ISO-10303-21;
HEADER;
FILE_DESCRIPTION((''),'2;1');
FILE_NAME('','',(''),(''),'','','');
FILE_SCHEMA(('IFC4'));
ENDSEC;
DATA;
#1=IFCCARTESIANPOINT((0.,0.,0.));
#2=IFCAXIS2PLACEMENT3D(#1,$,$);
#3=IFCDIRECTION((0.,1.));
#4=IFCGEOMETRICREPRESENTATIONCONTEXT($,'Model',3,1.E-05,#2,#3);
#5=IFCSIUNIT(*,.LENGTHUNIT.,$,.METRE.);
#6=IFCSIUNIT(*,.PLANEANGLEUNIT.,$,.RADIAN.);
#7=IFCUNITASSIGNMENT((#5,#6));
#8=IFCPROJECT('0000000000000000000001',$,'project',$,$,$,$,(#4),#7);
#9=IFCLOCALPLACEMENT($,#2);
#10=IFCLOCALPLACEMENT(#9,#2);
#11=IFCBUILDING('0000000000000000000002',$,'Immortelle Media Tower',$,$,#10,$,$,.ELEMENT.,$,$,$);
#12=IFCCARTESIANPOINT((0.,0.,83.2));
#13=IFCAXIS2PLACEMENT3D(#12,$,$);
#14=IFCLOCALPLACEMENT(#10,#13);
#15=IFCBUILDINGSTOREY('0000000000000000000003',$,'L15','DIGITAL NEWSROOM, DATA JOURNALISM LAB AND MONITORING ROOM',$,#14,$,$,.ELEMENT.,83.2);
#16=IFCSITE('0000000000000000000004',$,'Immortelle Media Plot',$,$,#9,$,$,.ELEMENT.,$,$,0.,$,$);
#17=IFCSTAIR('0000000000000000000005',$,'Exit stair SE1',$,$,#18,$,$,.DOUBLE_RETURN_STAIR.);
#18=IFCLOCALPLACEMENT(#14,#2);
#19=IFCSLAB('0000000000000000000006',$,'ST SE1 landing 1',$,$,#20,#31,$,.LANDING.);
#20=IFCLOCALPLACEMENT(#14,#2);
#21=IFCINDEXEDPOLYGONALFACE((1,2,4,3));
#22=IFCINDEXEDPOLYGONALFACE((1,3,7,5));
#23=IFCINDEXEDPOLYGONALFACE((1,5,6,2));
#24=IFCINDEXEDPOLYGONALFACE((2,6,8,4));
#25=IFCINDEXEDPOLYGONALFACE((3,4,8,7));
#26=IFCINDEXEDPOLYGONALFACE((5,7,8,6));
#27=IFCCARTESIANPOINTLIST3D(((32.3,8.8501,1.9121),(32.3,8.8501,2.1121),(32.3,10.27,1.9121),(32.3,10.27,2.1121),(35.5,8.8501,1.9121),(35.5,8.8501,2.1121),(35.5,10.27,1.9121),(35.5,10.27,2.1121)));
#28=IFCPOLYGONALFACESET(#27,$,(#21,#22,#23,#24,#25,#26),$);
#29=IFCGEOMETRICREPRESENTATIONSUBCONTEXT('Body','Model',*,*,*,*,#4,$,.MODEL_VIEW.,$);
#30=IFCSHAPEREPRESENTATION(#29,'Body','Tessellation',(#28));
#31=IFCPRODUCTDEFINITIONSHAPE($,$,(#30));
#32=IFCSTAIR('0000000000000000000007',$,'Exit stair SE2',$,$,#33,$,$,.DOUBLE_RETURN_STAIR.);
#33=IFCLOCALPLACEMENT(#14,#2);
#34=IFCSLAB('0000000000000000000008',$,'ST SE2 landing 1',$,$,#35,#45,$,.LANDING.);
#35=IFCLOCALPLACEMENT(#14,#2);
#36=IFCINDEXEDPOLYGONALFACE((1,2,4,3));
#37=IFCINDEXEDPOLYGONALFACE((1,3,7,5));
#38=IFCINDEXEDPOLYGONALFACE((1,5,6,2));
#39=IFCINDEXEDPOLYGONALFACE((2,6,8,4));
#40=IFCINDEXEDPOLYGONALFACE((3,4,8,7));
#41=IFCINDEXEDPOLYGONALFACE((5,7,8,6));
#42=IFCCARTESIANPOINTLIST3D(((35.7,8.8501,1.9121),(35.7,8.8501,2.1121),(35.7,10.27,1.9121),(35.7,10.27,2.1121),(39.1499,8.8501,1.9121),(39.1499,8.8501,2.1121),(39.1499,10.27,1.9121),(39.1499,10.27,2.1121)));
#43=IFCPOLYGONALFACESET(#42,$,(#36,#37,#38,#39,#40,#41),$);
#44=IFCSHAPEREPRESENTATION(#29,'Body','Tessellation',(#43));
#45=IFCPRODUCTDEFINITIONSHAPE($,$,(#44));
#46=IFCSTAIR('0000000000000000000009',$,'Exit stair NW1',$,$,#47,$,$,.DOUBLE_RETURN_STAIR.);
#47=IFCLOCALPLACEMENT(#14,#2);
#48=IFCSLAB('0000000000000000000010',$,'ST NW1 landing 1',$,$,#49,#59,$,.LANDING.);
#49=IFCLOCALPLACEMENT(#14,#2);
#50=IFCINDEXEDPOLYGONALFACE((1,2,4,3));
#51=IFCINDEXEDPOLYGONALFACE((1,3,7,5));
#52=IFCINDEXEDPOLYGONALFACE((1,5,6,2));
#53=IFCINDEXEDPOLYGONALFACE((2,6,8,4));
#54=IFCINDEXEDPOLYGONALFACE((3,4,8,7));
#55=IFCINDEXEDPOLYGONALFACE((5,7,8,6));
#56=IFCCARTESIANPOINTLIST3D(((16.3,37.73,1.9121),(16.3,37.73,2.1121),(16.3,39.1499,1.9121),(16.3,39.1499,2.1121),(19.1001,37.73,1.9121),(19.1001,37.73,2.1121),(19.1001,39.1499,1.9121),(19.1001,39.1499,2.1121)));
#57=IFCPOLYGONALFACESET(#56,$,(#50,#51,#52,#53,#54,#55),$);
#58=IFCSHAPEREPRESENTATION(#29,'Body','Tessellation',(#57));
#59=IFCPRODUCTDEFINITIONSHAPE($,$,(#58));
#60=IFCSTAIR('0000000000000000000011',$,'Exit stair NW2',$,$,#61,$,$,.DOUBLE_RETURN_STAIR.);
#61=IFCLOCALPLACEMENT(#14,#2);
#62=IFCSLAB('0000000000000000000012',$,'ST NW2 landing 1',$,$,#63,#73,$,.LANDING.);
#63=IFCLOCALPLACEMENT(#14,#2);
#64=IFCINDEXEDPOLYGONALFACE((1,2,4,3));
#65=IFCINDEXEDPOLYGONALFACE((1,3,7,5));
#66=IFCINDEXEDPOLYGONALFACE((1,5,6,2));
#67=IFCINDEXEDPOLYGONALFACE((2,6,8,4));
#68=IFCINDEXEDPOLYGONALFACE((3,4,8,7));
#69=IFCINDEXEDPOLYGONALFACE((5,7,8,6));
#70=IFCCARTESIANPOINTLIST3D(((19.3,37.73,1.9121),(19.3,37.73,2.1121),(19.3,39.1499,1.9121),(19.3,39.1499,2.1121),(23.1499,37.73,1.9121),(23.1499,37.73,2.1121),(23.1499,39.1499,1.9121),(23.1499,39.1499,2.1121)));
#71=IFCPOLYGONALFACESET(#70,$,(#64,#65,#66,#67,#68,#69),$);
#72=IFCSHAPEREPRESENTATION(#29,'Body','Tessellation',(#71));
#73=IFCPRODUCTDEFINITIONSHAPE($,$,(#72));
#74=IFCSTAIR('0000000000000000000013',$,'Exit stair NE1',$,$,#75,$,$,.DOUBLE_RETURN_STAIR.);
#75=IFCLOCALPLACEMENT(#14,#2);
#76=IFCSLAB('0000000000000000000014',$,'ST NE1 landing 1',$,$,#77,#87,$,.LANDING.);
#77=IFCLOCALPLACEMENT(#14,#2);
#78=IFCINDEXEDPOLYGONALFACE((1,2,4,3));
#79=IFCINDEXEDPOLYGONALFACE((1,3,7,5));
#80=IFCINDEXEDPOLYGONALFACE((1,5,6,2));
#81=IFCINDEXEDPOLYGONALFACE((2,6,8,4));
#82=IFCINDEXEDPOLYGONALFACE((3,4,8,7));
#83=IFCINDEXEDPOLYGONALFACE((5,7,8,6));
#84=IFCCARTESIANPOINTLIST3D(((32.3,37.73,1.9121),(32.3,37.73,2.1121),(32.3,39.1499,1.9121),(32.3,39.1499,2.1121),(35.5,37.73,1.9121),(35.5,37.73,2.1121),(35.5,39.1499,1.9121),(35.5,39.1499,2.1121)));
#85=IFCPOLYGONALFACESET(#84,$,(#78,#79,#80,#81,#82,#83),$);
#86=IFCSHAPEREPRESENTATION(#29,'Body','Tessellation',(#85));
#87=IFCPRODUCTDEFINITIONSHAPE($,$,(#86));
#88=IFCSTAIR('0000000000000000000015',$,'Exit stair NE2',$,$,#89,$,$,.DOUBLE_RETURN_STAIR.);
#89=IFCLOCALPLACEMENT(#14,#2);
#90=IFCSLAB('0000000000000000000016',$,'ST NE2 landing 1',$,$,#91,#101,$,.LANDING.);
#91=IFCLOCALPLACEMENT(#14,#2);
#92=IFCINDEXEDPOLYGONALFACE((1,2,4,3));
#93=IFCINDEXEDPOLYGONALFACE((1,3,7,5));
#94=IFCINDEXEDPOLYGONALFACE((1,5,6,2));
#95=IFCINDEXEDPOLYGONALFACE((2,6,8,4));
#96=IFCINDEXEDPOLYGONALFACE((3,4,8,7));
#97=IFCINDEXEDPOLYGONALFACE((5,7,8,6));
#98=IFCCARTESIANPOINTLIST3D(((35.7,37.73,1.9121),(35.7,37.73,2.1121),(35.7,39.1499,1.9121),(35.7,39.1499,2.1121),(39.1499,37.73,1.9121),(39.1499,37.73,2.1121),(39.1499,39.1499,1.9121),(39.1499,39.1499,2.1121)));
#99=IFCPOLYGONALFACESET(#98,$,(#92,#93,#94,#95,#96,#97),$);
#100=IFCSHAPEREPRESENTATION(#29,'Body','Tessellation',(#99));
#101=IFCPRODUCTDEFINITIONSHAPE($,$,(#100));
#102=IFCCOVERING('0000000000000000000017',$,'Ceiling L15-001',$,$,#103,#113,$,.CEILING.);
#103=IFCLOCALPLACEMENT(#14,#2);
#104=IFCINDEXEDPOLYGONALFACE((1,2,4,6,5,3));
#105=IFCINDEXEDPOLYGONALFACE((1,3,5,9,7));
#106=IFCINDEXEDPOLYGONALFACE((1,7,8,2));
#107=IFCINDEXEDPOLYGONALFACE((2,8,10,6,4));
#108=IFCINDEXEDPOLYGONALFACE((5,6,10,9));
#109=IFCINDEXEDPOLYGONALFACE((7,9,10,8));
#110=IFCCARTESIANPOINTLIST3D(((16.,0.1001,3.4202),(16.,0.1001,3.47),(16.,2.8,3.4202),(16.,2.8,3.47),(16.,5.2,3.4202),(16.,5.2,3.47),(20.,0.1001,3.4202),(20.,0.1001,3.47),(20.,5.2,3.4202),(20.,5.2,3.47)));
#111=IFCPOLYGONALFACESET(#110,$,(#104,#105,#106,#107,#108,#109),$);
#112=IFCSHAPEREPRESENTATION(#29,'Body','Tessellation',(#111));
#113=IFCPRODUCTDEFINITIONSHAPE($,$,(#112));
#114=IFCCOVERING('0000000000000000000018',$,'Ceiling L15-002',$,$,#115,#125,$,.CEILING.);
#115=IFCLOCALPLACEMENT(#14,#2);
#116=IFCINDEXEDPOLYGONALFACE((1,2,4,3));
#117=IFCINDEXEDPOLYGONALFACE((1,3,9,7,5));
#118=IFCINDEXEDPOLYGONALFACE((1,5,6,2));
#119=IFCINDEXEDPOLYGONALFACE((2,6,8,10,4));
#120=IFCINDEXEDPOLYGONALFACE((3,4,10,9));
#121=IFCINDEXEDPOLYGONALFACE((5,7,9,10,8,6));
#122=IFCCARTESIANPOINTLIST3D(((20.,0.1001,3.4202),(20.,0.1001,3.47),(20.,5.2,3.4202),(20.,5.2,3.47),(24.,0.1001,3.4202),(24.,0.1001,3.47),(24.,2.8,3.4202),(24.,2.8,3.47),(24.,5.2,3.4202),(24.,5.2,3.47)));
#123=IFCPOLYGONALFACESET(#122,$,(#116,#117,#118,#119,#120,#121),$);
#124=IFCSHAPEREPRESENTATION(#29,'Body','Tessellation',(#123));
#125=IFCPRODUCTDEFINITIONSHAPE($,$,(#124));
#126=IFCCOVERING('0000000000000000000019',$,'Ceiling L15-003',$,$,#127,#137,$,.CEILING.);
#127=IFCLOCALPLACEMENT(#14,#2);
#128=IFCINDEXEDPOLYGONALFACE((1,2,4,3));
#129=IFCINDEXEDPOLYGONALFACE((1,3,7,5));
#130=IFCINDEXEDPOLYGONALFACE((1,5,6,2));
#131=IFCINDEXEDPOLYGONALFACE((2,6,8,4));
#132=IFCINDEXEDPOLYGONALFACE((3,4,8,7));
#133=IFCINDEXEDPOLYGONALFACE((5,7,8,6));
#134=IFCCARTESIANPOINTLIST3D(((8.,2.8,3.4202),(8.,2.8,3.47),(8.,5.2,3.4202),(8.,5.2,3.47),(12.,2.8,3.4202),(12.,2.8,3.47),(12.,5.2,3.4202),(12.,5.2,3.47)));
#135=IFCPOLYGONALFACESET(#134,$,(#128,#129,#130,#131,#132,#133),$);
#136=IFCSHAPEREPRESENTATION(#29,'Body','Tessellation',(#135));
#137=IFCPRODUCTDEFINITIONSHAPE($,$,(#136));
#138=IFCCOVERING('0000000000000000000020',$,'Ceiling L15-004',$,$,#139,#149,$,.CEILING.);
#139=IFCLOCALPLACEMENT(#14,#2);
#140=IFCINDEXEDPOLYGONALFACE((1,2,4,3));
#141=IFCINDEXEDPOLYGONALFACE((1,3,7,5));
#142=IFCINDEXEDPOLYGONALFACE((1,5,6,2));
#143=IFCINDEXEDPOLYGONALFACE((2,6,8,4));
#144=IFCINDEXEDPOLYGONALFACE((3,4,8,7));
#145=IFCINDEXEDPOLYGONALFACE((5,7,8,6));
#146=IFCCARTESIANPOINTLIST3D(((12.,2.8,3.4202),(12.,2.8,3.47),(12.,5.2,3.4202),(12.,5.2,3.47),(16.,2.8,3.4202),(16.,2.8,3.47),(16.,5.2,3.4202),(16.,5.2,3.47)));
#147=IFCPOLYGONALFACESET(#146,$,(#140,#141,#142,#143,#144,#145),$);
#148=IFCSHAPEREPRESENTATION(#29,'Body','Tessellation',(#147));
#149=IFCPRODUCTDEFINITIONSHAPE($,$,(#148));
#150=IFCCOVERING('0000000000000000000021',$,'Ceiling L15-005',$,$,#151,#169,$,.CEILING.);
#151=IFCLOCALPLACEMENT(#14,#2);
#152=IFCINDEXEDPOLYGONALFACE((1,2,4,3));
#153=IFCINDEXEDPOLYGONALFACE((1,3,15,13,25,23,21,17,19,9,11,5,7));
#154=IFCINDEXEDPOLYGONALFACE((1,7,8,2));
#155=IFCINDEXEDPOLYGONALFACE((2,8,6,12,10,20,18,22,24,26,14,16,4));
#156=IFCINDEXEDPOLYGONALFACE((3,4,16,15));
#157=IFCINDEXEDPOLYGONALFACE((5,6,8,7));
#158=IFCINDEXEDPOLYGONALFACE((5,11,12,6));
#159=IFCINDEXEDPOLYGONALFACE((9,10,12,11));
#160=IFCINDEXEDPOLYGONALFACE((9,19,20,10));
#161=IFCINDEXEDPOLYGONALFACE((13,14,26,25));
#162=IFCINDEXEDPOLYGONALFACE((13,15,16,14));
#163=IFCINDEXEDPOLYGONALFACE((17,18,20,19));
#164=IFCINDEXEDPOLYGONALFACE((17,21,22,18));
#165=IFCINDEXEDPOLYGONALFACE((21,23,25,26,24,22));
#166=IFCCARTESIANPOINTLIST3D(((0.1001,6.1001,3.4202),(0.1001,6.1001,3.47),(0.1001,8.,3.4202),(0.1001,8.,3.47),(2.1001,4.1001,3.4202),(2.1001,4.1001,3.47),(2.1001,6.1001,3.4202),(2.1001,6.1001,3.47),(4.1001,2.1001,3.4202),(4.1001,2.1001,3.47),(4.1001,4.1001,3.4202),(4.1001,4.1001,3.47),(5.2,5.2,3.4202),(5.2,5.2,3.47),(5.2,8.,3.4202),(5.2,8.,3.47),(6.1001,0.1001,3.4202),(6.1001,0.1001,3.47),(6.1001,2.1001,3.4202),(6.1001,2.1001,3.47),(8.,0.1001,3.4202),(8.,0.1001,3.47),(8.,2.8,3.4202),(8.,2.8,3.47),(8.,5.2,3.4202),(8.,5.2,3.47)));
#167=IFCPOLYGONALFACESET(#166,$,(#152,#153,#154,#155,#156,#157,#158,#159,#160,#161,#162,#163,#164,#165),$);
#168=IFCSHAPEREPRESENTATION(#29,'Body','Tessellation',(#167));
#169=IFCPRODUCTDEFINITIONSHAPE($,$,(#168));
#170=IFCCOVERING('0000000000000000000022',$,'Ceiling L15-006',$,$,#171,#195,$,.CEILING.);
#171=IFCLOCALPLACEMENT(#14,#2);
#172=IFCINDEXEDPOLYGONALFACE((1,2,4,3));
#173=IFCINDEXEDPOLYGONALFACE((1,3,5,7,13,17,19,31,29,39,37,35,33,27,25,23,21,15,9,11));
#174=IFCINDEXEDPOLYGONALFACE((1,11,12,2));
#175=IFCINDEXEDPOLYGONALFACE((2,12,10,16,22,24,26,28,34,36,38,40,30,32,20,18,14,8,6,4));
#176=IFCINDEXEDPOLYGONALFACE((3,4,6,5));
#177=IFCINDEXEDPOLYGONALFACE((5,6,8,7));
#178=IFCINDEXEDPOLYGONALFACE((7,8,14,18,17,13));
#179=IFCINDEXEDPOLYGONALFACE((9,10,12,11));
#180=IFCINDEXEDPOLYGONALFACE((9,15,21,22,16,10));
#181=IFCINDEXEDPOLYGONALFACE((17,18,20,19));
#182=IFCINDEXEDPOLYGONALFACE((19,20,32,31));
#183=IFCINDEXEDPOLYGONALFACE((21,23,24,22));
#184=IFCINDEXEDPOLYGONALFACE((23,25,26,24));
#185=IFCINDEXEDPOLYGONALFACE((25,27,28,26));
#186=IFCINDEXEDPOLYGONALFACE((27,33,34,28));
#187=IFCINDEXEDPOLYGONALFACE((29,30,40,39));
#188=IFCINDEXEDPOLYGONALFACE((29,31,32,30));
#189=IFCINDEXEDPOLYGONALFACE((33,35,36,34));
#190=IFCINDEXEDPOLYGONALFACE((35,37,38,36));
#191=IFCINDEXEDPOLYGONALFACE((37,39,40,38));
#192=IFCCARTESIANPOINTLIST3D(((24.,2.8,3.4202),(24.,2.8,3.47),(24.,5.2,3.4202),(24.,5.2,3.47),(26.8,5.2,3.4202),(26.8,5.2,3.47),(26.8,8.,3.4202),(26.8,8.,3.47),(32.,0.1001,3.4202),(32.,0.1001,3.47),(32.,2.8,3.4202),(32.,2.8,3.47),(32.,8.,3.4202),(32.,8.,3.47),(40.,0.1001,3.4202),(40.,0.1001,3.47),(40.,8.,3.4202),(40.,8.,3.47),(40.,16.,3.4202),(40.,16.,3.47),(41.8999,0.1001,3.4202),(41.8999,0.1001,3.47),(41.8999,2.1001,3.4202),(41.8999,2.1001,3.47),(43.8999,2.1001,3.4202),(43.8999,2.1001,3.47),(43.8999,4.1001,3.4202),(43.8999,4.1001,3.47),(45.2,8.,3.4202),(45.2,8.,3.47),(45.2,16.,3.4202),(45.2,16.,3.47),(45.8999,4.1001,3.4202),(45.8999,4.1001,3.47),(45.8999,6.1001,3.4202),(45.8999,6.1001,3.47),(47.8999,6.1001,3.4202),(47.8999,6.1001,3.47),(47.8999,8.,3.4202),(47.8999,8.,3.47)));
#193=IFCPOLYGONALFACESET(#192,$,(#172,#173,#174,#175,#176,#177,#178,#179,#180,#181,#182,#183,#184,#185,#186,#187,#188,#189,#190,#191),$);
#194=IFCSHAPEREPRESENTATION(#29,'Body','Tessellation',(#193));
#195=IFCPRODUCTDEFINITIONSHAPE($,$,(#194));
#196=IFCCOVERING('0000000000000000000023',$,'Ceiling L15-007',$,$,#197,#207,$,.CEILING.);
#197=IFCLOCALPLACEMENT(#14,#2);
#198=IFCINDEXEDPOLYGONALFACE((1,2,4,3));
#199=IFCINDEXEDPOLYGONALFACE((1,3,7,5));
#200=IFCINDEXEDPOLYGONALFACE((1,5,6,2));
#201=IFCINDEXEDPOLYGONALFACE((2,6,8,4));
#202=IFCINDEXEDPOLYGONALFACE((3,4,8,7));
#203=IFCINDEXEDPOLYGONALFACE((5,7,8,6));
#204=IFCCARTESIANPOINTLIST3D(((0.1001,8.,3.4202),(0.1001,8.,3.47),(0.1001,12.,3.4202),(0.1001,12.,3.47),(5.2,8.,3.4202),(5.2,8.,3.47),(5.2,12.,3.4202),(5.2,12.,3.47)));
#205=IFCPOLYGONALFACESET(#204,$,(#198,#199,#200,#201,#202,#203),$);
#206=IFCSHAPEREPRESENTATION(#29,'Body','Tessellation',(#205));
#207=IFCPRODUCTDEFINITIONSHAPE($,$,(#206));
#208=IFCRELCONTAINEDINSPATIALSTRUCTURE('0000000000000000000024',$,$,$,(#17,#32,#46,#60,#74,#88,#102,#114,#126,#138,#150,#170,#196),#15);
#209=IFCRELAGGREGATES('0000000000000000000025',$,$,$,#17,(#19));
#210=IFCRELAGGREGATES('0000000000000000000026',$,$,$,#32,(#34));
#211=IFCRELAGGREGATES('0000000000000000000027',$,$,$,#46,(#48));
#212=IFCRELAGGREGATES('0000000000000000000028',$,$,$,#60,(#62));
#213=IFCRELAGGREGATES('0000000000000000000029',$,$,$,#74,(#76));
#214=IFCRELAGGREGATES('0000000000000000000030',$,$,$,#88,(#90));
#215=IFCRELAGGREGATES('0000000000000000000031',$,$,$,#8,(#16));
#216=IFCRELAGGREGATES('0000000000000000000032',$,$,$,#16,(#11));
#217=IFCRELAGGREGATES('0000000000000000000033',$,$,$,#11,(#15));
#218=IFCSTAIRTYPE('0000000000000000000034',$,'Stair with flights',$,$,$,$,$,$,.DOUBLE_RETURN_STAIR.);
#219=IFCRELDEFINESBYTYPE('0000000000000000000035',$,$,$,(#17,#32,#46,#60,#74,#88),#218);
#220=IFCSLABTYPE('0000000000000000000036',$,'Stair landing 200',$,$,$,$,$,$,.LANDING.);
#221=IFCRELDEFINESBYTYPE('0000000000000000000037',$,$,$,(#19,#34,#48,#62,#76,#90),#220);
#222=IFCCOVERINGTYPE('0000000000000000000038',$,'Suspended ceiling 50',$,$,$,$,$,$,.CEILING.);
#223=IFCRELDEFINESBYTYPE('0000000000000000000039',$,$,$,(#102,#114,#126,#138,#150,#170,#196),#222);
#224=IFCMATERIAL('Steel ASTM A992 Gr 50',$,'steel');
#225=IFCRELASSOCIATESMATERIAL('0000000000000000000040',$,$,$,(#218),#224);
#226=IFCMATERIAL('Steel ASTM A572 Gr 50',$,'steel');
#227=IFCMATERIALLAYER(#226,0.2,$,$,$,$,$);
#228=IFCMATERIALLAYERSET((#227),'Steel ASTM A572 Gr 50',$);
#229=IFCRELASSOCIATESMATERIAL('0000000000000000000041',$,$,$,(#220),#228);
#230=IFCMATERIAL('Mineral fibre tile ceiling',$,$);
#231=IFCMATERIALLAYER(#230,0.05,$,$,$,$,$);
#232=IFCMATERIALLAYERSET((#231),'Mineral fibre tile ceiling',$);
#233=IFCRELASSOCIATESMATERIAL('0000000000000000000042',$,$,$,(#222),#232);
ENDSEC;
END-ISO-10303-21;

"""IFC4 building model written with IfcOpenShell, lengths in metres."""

from ifc_helpers import new_model, si_unit, direction, frame, origin, place, context, subcontext, project, spatial, polyline, outline, extrude, material, layer, layer_set, type_object, element, aggregate, save


model = new_model("IFC4")

# Units and contexts
model_context = context("Model", 3, precision=1e-05, world=origin(), true_north=direction((0.0, 1.0)))
body_context = subcontext(model_context, "Body", "Model", "MODEL_VIEW")
ifc_project = project(units=[si_unit("LENGTHUNIT", "METRE"), si_unit("PLANEANGLEUNIT", "RADIAN")], contexts=[model_context])

# Site, building, storey
site_placement = place(None, origin())
site = spatial("IfcSite", under=ifc_project, at=site_placement, Name="Immortelle Media Plot", CompositionType="ELEMENT", RefElevation=0.0)
building_placement = place(site_placement, origin())
building = spatial("IfcBuilding", under=site, at=building_placement, Name="Immortelle Media Tower", CompositionType="ELEMENT")
storey_placement = place(building_placement, frame((0.0, 0.0, 83.2)))
storey = spatial("IfcBuildingStorey", under=building, at=storey_placement, Name="L15", Description="DIGITAL NEWSROOM, DATA JOURNALISM LAB AND MONITORING ROOM", CompositionType="ELEMENT", Elevation=83.2)

# Stairs, slabs
ifc_material_1 = material(Name="Steel ASTM A992 Gr 50", Category="steel")
stair_type = type_object("IfcStairType", Name="Stair with flights", PredefinedType="DOUBLE_RETURN_STAIR", material=ifc_material_1)
ifc_material_2 = material(Name="Steel ASTM A572 Gr 50", Category="steel")
ifc_layer_1 = layer(ifc_material_2, 0.2)
ifc_layer_set_1 = layer_set([ifc_layer_1], Name="Steel ASTM A572 Gr 50")
slab_type_1 = type_object("IfcSlabType", Name="Stair landing 200", PredefinedType="LANDING", material=ifc_layer_set_1)
stair_1_placement = place(storey_placement, origin())
stair_1 = element("IfcStair", 1, at=stair_1_placement, inside=storey, type_object=stair_type, Name="Exit stair SE1", PredefinedType="DOUBLE_RETURN_STAIR")
slab_1_placement = place(storey_placement, frame((0.0, 0.0, 1.9121)))
slab_1 = element("IfcSlab", 2, at=slab_1_placement, type_object=slab_type_1, Name="ST SE1 landing 1", PredefinedType="LANDING", context=body_context, shape_type="SweptSolid", body=[
    extrude(outline(polyline([(32.3, 8.8501), (35.5, 8.8501), (35.5, 10.27), (32.3, 10.27), (32.3, 8.8501)])), origin(), (0.0, 0.0, 1.0), 0.2),
])
aggregate(stair_1, [slab_1])
stair_2_placement = place(storey_placement, origin())
stair_2 = element("IfcStair", 3, at=stair_2_placement, inside=storey, type_object=stair_type, Name="Exit stair SE2", PredefinedType="DOUBLE_RETURN_STAIR")
slab_2_placement = place(storey_placement, frame((0.0, 0.0, 1.9121)))
slab_2 = element("IfcSlab", 4, at=slab_2_placement, type_object=slab_type_1, Name="ST SE2 landing 1", PredefinedType="LANDING", context=body_context, shape_type="SweptSolid", body=[
    extrude(outline(polyline([(35.7, 8.8501), (39.1499, 8.8501), (39.1499, 10.27), (35.7, 10.27), (35.7, 8.8501)])), origin(), (0.0, 0.0, 1.0), 0.2),
])
aggregate(stair_2, [slab_2])
stair_3_placement = place(storey_placement, origin())
stair_3 = element("IfcStair", 5, at=stair_3_placement, inside=storey, type_object=stair_type, Name="Exit stair NW1", PredefinedType="DOUBLE_RETURN_STAIR")
slab_3_placement = place(storey_placement, frame((0.0, 0.0, 1.9121)))
slab_3 = element("IfcSlab", 6, at=slab_3_placement, type_object=slab_type_1, Name="ST NW1 landing 1", PredefinedType="LANDING", context=body_context, shape_type="SweptSolid", body=[
    extrude(outline(polyline([(16.3, 37.73), (19.1001, 37.73), (19.1001, 39.1499), (16.3, 39.1499), (16.3, 37.73)])), origin(), (0.0, 0.0, 1.0), 0.2),
])
aggregate(stair_3, [slab_3])
stair_4_placement = place(storey_placement, origin())
stair_4 = element("IfcStair", 7, at=stair_4_placement, inside=storey, type_object=stair_type, Name="Exit stair NW2", PredefinedType="DOUBLE_RETURN_STAIR")
slab_4_placement = place(storey_placement, frame((0.0, 0.0, 1.9121)))
slab_4 = element("IfcSlab", 8, at=slab_4_placement, type_object=slab_type_1, Name="ST NW2 landing 1", PredefinedType="LANDING", context=body_context, shape_type="SweptSolid", body=[
    extrude(outline(polyline([(19.3, 37.73), (23.1499, 37.73), (23.1499, 39.1499), (19.3, 39.1499), (19.3, 37.73)])), origin(), (0.0, 0.0, 1.0), 0.2),
])
aggregate(stair_4, [slab_4])
stair_5_placement = place(storey_placement, origin())
stair_5 = element("IfcStair", 9, at=stair_5_placement, inside=storey, type_object=stair_type, Name="Exit stair NE1", PredefinedType="DOUBLE_RETURN_STAIR")
slab_5_placement = place(storey_placement, frame((0.0, 0.0, 1.9121)))
slab_5 = element("IfcSlab", 10, at=slab_5_placement, type_object=slab_type_1, Name="ST NE1 landing 1", PredefinedType="LANDING", context=body_context, shape_type="SweptSolid", body=[
    extrude(outline(polyline([(32.3, 37.73), (35.5, 37.73), (35.5, 39.1499), (32.3, 39.1499), (32.3, 37.73)])), origin(), (0.0, 0.0, 1.0), 0.2),
])
aggregate(stair_5, [slab_5])
stair_6_placement = place(storey_placement, origin())
stair_6 = element("IfcStair", 11, at=stair_6_placement, inside=storey, type_object=stair_type, Name="Exit stair NE2", PredefinedType="DOUBLE_RETURN_STAIR")
slab_6_placement = place(storey_placement, frame((0.0, 0.0, 1.9121)))
slab_6 = element("IfcSlab", 12, at=slab_6_placement, type_object=slab_type_1, Name="ST NE2 landing 1", PredefinedType="LANDING", context=body_context, shape_type="SweptSolid", body=[
    extrude(outline(polyline([(35.7, 37.73), (39.1499, 37.73), (39.1499, 39.1499), (35.7, 39.1499), (35.7, 37.73)])), origin(), (0.0, 0.0, 1.0), 0.2),
])
aggregate(stair_6, [slab_6])

# Coverings
ifc_material_3 = material(Name="Mineral fibre tile ceiling")
ifc_layer_2 = layer(ifc_material_3, 0.05)
ifc_layer_set_2 = layer_set([ifc_layer_2], Name="Mineral fibre tile ceiling")
covering_type = type_object("IfcCoveringType", Name="Suspended ceiling 50", PredefinedType="CEILING", material=ifc_layer_set_2)
covering_1_placement = place(storey_placement, frame((0.0, 0.0, 3.4202)))
element("IfcCovering", 13, at=covering_1_placement, inside=storey, type_object=covering_type, Name="Ceiling L15-001", PredefinedType="CEILING", context=body_context, shape_type="SweptSolid", body=[
    extrude(outline(polyline([(16.0, 2.8), (16.0, 5.2), (20.0, 5.2), (20.0, 0.1001), (16.0, 0.1001), (16.0, 2.8)])), origin(), (0.0, 0.0, 1.0), 0.0498),
])
covering_2_placement = place(storey_placement, frame((0.0, 0.0, 3.4202)))
element("IfcCovering", 14, at=covering_2_placement, inside=storey, type_object=covering_type, Name="Ceiling L15-002", PredefinedType="CEILING", context=body_context, shape_type="SweptSolid", body=[
    extrude(outline(polyline([(24.0, 5.2), (24.0, 2.8), (24.0, 0.1001), (20.0, 0.1001), (20.0, 5.2), (24.0, 5.2)])), origin(), (0.0, 0.0, 1.0), 0.0498),
])
covering_3_placement = place(storey_placement, frame((0.0, 0.0, 3.4202)))
element("IfcCovering", 15, at=covering_3_placement, inside=storey, type_object=covering_type, Name="Ceiling L15-003", PredefinedType="CEILING", context=body_context, shape_type="SweptSolid", body=[
    extrude(outline(polyline([(8.0, 5.2), (12.0, 5.2), (12.0, 2.8), (8.0, 2.8), (8.0, 5.2)])), origin(), (0.0, 0.0, 1.0), 0.0498),
])
covering_4_placement = place(storey_placement, frame((0.0, 0.0, 3.4202)))
element("IfcCovering", 16, at=covering_4_placement, inside=storey, type_object=covering_type, Name="Ceiling L15-004", PredefinedType="CEILING", context=body_context, shape_type="SweptSolid", body=[
    extrude(outline(polyline([(16.0, 5.2), (16.0, 2.8), (12.0, 2.8), (12.0, 5.2), (16.0, 5.2)])), origin(), (0.0, 0.0, 1.0), 0.0498),
])
covering_5_placement = place(storey_placement, frame((0.0, 0.0, 3.4202)))
element("IfcCovering", 17, at=covering_5_placement, inside=storey, type_object=covering_type, Name="Ceiling L15-005", PredefinedType="CEILING", context=body_context, shape_type="SweptSolid", body=[
    extrude(outline(polyline([(6.1001, 0.1001), (6.1001, 2.1001), (4.1001, 2.1001), (4.1001, 4.1001), (2.1001, 4.1001), (2.1001, 6.1001), (0.1001, 6.1001), (0.1001, 8.0), (5.2, 8.0), (5.2, 5.2), (8.0, 5.2), (8.0, 2.8), (8.0, 0.1001), (6.1001, 0.1001)])), origin(), (0.0, 0.0, 1.0), 0.0498),
])
covering_6_placement = place(storey_placement, frame((0.0, 0.0, 3.4202)))
element("IfcCovering", 18, at=covering_6_placement, inside=storey, type_object=covering_type, Name="Ceiling L15-006", PredefinedType="CEILING", context=body_context, shape_type="SweptSolid", body=[
    extrude(outline(polyline([(24.0, 5.2), (26.8, 5.2), (26.8, 8.0), (32.0, 8.0), (40.0, 8.0), (40.0, 16.0), (45.2, 16.0), (45.2, 8.0), (47.8999, 8.0), (47.8999, 6.1001), (45.8999, 6.1001), (45.8999, 4.1001), (43.8999, 4.1001), (43.8999, 2.1001), (41.8999, 2.1001), (41.8999, 0.1001), (40.0, 0.1001), (32.0, 0.1001), (32.0, 2.8), (24.0, 2.8), (24.0, 5.2)])), origin(), (0.0, 0.0, 1.0), 0.0498),
])
covering_7_placement = place(storey_placement, frame((0.0, 0.0, 3.4202)))
element("IfcCovering", 19, at=covering_7_placement, inside=storey, type_object=covering_type, Name="Ceiling L15-007", PredefinedType="CEILING", context=body_context, shape_type="SweptSolid", body=[
    extrude(outline(polyline([(0.1001, 8.0), (0.1001, 12.0), (5.2, 12.0), (5.2, 8.0), (0.1001, 8.0)])), origin(), (0.0, 0.0, 1.0), 0.0498),
])

save(model, "model.ifc")
